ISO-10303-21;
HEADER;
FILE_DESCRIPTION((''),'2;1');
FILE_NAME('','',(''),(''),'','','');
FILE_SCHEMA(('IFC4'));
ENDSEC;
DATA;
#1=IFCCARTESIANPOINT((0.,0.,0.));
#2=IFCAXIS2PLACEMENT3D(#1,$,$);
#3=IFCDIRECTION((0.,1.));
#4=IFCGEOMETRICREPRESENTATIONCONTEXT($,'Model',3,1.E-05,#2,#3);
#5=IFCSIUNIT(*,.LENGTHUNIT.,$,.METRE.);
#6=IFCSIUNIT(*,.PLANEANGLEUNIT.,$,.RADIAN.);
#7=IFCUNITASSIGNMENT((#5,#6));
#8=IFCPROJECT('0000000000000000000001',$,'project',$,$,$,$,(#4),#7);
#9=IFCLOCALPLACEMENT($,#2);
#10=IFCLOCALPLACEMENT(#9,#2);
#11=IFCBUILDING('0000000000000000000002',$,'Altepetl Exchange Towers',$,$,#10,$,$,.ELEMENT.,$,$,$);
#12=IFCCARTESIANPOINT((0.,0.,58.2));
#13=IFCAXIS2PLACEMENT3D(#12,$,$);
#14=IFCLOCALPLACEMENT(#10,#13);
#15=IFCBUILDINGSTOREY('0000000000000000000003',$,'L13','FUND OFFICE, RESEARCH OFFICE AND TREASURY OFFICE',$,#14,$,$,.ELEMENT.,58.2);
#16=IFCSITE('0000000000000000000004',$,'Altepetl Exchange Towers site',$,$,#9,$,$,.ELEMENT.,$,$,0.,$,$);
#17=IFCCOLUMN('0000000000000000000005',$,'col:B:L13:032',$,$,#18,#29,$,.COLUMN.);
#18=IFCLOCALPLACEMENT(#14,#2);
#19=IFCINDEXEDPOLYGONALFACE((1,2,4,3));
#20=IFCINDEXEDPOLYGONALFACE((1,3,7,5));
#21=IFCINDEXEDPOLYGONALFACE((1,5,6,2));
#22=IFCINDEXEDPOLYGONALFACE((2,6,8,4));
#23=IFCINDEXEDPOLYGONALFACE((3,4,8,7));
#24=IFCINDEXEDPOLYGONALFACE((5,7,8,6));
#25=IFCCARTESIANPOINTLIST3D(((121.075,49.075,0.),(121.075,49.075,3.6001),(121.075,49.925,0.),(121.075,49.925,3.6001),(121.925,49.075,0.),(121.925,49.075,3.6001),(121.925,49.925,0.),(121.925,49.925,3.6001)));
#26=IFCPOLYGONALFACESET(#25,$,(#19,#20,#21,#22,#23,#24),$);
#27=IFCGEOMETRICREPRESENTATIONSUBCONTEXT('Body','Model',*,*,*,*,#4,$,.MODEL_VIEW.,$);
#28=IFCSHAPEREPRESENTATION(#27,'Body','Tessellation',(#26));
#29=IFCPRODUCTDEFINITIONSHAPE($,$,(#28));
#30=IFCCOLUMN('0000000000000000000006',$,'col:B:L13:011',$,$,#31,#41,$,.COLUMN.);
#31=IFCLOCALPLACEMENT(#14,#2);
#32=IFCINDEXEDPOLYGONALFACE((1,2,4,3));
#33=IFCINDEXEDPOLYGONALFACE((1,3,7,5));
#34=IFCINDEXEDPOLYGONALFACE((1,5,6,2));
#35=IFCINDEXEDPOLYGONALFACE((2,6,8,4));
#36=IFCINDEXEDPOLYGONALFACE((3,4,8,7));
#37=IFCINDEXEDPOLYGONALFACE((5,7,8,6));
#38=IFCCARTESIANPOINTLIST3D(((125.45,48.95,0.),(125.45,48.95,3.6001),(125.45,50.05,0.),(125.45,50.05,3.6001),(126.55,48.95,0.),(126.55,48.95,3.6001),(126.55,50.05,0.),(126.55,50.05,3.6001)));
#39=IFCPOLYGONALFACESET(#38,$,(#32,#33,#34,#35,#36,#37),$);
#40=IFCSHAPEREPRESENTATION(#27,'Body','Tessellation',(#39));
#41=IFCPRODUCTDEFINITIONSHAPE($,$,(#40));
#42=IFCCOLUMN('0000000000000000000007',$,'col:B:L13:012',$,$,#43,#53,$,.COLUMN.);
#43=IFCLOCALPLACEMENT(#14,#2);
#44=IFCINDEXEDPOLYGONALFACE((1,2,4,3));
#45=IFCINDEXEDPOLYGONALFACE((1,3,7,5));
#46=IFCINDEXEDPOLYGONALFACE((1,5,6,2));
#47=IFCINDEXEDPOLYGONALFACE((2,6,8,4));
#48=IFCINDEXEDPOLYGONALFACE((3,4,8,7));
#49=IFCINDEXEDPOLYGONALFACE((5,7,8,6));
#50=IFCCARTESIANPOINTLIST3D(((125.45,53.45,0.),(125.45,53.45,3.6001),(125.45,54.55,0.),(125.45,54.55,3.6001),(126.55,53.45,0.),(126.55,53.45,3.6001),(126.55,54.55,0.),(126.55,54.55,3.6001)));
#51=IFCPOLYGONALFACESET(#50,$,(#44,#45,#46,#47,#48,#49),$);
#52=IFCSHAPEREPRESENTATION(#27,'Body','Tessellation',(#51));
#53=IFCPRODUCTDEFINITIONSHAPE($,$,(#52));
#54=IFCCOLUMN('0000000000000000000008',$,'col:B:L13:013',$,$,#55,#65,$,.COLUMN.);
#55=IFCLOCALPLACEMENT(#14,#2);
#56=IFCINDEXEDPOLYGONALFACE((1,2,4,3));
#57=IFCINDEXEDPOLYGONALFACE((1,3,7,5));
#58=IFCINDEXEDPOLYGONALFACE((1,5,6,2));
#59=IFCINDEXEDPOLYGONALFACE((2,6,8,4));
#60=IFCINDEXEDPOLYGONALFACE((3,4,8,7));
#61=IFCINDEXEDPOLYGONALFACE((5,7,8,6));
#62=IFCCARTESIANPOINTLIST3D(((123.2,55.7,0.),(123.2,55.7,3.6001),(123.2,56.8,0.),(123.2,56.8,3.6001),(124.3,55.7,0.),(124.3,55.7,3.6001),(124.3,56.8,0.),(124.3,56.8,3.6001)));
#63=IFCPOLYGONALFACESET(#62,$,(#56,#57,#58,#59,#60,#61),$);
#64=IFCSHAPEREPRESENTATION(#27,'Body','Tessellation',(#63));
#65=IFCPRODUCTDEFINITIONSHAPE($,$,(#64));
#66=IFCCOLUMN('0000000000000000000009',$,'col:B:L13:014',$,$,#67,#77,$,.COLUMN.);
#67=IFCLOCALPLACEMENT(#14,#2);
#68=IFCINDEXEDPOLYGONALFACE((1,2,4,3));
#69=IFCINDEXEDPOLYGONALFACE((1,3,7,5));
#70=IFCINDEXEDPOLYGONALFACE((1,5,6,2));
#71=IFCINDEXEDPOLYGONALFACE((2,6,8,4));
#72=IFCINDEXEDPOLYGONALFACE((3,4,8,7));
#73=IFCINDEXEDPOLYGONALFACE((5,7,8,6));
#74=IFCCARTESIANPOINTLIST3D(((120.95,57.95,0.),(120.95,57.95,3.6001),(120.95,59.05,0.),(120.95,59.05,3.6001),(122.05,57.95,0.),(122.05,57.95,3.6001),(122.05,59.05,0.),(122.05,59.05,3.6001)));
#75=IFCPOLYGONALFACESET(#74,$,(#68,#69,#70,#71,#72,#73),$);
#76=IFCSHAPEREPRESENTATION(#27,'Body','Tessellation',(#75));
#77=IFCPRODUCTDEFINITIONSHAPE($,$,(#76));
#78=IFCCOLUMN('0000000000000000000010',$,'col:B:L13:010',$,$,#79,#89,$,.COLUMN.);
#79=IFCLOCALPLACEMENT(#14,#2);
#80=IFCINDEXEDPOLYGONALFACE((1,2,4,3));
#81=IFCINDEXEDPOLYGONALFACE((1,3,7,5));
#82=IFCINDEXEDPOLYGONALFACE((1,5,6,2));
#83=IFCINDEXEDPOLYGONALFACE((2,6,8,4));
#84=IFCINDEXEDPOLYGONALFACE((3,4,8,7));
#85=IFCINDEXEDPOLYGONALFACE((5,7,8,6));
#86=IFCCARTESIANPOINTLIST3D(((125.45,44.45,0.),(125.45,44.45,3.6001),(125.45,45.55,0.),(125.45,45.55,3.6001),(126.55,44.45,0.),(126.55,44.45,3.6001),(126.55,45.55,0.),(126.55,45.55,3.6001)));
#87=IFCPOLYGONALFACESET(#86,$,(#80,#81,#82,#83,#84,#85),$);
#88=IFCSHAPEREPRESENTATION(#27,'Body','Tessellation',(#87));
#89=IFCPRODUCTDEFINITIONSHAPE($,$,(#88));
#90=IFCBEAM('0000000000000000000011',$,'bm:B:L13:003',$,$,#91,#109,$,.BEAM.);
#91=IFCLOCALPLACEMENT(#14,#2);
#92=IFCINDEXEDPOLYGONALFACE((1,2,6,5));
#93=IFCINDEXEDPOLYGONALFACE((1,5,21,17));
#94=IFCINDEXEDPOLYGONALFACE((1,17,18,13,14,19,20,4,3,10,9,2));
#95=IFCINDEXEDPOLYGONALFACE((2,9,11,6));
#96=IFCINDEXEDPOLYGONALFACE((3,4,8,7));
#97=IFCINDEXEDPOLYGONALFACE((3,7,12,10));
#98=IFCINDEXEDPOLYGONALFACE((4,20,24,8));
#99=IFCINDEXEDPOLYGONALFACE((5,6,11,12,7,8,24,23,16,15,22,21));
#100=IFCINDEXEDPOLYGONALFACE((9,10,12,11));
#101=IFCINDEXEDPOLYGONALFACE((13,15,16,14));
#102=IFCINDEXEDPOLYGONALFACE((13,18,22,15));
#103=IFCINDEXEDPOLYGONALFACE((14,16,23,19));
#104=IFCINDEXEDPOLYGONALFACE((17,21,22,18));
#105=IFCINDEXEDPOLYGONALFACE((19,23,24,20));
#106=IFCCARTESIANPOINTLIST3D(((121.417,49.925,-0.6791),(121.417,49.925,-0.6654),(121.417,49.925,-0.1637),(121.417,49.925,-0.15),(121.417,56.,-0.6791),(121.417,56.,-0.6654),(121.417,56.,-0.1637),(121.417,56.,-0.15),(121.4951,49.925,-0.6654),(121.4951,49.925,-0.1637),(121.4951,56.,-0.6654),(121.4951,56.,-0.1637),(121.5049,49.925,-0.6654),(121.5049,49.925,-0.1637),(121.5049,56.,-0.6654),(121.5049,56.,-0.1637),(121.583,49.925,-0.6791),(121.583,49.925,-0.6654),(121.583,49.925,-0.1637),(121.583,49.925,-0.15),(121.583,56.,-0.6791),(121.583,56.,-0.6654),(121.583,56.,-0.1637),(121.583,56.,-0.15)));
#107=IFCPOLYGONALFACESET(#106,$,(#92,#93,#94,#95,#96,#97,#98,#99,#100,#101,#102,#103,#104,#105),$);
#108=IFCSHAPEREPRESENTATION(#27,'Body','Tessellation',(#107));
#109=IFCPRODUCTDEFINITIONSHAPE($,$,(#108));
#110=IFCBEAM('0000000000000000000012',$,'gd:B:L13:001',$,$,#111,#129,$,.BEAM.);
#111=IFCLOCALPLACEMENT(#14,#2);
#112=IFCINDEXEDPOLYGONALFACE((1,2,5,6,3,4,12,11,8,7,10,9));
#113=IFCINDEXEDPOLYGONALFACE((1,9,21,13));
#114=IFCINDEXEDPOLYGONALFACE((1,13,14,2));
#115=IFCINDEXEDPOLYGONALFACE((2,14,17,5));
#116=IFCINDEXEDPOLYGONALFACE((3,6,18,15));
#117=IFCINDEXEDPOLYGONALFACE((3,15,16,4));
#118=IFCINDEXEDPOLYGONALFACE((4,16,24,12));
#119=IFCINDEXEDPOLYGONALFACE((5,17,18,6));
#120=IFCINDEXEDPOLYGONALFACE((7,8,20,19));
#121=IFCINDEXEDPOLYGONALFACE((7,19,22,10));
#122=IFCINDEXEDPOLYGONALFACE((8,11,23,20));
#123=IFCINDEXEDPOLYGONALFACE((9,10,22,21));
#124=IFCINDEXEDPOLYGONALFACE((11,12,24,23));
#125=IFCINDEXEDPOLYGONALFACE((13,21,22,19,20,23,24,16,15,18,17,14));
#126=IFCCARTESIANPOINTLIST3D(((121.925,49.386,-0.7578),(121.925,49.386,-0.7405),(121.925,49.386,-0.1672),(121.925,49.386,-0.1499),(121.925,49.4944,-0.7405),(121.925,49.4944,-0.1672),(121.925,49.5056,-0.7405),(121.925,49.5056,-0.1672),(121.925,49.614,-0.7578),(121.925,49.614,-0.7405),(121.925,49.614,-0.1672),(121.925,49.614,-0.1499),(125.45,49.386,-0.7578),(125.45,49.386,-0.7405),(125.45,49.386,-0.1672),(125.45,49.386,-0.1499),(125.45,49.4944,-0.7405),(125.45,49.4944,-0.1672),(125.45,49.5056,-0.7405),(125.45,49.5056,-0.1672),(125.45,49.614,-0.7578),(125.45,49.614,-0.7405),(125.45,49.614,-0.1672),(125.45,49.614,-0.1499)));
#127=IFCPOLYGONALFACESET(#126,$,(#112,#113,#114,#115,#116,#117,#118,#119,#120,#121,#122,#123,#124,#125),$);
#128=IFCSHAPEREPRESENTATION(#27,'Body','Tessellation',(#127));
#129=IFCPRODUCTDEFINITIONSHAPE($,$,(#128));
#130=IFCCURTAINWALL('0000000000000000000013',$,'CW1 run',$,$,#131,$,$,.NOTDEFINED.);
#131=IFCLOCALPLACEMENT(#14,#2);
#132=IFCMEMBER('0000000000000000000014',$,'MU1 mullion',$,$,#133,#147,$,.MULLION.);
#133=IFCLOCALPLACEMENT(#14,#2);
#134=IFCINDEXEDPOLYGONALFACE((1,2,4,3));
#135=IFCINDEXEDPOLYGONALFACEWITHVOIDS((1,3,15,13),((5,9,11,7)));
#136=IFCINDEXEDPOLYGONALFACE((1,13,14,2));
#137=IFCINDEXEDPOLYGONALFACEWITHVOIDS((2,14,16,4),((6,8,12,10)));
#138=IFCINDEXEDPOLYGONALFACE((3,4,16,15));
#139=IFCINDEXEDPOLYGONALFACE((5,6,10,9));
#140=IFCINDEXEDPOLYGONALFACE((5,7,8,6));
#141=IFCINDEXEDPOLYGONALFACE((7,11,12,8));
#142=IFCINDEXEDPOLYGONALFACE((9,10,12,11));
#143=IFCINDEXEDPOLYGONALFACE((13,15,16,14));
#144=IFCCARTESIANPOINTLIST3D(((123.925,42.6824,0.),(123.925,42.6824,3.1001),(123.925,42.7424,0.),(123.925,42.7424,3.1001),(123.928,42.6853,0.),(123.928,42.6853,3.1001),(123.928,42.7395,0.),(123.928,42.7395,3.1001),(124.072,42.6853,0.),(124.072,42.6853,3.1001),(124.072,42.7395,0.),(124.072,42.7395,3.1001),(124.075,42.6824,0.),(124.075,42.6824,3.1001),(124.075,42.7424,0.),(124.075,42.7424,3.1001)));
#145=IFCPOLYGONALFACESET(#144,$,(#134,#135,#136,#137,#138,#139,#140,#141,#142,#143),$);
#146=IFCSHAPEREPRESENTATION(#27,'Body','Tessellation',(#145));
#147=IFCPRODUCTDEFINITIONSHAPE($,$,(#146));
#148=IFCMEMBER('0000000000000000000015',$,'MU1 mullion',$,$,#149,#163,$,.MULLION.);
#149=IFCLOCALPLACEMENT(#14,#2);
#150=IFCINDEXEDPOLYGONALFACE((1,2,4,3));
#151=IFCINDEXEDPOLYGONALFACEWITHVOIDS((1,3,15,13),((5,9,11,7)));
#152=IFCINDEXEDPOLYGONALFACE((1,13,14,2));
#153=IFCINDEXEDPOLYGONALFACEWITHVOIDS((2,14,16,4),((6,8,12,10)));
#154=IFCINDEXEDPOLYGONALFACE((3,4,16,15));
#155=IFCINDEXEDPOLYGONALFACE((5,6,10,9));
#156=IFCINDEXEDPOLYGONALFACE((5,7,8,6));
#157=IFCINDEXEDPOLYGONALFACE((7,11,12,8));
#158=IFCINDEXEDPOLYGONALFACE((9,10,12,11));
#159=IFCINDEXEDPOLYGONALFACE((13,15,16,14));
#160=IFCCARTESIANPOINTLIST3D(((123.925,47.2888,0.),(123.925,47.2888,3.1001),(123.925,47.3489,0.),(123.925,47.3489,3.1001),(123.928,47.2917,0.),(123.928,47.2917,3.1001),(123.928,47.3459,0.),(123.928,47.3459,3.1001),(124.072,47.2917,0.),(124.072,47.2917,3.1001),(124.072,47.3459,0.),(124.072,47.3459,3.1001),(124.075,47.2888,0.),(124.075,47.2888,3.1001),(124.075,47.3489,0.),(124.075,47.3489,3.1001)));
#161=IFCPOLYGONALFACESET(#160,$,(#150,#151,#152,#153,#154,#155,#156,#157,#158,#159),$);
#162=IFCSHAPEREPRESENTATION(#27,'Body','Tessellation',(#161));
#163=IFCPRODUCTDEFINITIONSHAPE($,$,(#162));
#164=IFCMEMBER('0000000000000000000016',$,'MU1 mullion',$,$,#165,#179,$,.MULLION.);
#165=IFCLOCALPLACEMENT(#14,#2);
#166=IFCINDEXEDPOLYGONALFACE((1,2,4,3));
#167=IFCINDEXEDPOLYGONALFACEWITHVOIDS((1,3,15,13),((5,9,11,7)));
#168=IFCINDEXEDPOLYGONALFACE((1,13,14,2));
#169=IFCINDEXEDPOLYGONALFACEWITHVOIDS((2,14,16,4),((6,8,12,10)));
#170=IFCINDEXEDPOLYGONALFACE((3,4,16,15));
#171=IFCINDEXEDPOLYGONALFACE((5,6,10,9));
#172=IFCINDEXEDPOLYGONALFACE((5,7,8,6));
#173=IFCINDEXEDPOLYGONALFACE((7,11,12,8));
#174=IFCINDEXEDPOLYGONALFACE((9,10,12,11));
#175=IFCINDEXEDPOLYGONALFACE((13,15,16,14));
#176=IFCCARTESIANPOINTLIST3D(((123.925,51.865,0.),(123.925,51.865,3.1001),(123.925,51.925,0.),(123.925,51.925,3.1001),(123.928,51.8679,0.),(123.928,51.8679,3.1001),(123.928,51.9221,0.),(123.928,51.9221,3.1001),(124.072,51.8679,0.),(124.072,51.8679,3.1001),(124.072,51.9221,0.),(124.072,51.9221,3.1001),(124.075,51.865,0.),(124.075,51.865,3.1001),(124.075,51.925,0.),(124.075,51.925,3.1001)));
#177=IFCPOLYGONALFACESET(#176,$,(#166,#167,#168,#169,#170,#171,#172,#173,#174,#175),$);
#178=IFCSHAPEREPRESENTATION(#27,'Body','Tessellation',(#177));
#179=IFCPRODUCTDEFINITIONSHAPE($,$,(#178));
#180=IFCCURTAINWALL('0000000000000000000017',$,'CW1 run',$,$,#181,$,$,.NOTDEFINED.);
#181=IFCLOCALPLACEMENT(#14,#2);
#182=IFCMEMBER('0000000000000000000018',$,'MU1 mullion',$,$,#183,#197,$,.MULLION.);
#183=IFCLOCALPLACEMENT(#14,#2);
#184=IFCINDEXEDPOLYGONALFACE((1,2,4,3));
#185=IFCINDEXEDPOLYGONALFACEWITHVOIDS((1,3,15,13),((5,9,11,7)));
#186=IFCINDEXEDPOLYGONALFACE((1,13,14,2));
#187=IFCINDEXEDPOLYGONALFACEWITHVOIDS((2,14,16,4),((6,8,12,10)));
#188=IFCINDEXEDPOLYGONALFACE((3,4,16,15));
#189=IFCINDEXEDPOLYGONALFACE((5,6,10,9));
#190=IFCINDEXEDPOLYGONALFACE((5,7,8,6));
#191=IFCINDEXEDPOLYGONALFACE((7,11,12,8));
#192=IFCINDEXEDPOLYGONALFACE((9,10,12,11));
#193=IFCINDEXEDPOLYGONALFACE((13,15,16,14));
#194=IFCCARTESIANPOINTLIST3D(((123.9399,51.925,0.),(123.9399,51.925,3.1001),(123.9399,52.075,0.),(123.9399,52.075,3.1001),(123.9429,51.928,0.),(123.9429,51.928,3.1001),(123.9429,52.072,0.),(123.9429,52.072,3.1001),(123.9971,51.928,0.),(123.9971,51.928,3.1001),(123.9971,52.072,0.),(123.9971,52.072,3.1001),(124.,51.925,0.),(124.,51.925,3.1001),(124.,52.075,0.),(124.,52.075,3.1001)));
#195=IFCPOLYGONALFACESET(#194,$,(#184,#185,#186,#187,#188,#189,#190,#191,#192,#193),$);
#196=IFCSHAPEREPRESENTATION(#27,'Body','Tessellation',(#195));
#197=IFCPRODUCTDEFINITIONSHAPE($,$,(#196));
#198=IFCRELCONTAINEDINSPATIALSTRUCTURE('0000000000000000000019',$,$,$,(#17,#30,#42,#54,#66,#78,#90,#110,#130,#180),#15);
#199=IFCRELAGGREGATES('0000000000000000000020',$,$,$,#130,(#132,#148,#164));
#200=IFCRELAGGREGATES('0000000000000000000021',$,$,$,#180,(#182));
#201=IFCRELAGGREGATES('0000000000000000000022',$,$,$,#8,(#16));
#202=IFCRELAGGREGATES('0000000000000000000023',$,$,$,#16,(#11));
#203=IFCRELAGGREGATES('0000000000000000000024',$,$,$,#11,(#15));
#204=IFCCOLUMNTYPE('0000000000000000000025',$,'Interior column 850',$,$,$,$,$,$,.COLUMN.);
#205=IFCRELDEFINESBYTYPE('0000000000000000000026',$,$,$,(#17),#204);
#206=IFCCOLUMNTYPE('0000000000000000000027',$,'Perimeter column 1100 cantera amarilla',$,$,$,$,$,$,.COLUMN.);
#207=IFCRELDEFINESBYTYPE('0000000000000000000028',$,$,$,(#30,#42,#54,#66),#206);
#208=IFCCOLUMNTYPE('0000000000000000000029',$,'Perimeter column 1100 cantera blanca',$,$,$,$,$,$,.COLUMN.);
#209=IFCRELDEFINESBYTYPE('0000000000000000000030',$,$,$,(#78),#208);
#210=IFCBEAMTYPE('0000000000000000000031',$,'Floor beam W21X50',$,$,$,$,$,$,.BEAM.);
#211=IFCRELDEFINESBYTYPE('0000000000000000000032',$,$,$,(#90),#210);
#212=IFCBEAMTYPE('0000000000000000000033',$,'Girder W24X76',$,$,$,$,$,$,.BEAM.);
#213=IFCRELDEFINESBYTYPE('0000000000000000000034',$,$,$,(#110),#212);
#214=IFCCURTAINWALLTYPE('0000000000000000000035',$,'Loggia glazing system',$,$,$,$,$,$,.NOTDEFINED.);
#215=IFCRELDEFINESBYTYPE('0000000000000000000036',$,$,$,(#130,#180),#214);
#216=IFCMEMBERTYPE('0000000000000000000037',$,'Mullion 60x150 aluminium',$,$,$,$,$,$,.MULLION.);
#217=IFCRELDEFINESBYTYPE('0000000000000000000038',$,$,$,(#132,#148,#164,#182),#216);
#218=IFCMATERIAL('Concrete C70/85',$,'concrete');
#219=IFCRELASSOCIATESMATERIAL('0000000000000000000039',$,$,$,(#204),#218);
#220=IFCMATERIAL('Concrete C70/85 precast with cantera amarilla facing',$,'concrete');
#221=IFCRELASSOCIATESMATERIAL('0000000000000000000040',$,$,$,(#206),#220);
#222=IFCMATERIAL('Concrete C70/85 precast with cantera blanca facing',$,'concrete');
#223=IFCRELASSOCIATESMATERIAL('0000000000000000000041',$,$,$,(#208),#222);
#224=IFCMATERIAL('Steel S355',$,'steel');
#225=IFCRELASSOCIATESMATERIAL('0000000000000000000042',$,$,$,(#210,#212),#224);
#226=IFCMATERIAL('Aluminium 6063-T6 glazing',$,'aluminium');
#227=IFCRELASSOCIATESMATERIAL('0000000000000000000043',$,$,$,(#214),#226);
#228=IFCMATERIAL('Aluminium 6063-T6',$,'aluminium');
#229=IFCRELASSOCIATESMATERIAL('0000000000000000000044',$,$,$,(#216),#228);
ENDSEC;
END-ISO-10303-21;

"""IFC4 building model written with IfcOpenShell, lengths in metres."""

from ifc_helpers import new_model, si_unit, direction, frame, origin, origin_2d, place, context, subcontext, project, spatial, rectangle, hollow_rectangle, i_section, extrude, material, material_profile, profile_set, type_object, element, aggregate, save


model = new_model("IFC4")

# Units and contexts
model_context = context("Model", 3, precision=1e-05, world=origin(), true_north=direction((0.0, 1.0)))
body_context = subcontext(model_context, "Body", "Model", "MODEL_VIEW")
ifc_project = project(units=[si_unit("LENGTHUNIT", "METRE"), si_unit("PLANEANGLEUNIT", "RADIAN")], contexts=[model_context])

# Site, building, storey
site_placement = place(None, origin())
site = spatial("IfcSite", under=ifc_project, at=site_placement, Name="Altepetl Exchange Towers site", CompositionType="ELEMENT", RefElevation=0.0)
building_placement = place(site_placement, origin())
building = spatial("IfcBuilding", under=site, at=building_placement, Name="Altepetl Exchange Towers", CompositionType="ELEMENT")
storey_placement = place(building_placement, frame((0.0, 0.0, 58.2)))
storey = spatial("IfcBuildingStorey", under=building, at=storey_placement, Name="L13", Description="FUND OFFICE, RESEARCH OFFICE AND TREASURY OFFICE", CompositionType="ELEMENT", Elevation=58.2)

# Columns
ifc_material_1 = material(Name="Concrete C70/85", Category="concrete")
ifc_material_profile_1 = material_profile(ifc_material_1, rectangle(XDim=0.8501, YDim=0.8501, at=origin_2d()), Name="850 x 850")
ifc_profile_set_1 = profile_set([ifc_material_profile_1], Name="Concrete C70/85")
column_type_1 = type_object("IfcColumnType", Name="Interior column 850", PredefinedType="COLUMN", material=ifc_profile_set_1)
column_1_placement = place(storey_placement, frame((121.5, 49.5, 0.0)))
element("IfcColumn", 1, at=column_1_placement, inside=storey, type_object=column_type_1, Name="col:B:L13:032", PredefinedType="COLUMN", context=body_context, shape_type="SweptSolid", body=[
    extrude(rectangle(XDim=0.8501, YDim=0.8501, at=origin_2d()), origin(), (0.0, 0.0, 1.0), 3.6001),
])
ifc_material_2 = material(Name="Concrete C70/85 precast with cantera amarilla facing", Category="concrete")
ifc_material_profile_2 = material_profile(ifc_material_2, rectangle(XDim=1.1001, YDim=1.1001, at=origin_2d()), Name="1100 x 1100")
ifc_profile_set_2 = profile_set([ifc_material_profile_2], Name="Concrete C70/85 precast with cantera amarilla facing")
column_type_2 = type_object("IfcColumnType", Name="Perimeter column 1100 cantera amarilla", PredefinedType="COLUMN", material=ifc_profile_set_2)
for number, where, name in (
    (2, (126.0, 49.5, 0.0), "col:B:L13:011"),
    (3, (126.0, 54.0, 0.0), "col:B:L13:012"),
    (4, (123.75, 56.25, 0.0), "col:B:L13:013"),
    (5, (121.5, 58.5, 0.0), "col:B:L13:014"),
):
    element("IfcColumn", number, at=place(storey_placement, frame(where)), inside=storey, type_object=column_type_2, Name=name, PredefinedType="COLUMN", context=body_context, shape_type="SweptSolid", body=[
        extrude(rectangle(XDim=1.1001, YDim=1.1001, at=origin_2d()), origin(), (0.0, 0.0, 1.0), 3.6001),
    ])
ifc_material_3 = material(Name="Concrete C70/85 precast with cantera blanca facing", Category="concrete")
ifc_material_profile_3 = material_profile(ifc_material_3, rectangle(XDim=1.1001, YDim=1.1001, at=origin_2d()), Name="1100 x 1100")
ifc_profile_set_3 = profile_set([ifc_material_profile_3], Name="Concrete C70/85 precast with cantera blanca facing")
column_type_3 = type_object("IfcColumnType", Name="Perimeter column 1100 cantera blanca", PredefinedType="COLUMN", material=ifc_profile_set_3)
column_2_placement = place(storey_placement, frame((126.0, 45.0, 0.0)))
element("IfcColumn", 6, at=column_2_placement, inside=storey, type_object=column_type_3, Name="col:B:L13:010", PredefinedType="COLUMN", context=body_context, shape_type="SweptSolid", body=[
    extrude(rectangle(XDim=1.1001, YDim=1.1001, at=origin_2d()), origin(), (0.0, 0.0, 1.0), 3.6001),
])

# Beams
ifc_material_4 = material(Name="Steel S355", Category="steel")
ifc_material_profile_4 = material_profile(ifc_material_4, i_section(OverallWidth=0.166, OverallDepth=0.5291, WebThickness=0.0098, FlangeThickness=0.0137, at=origin_2d()), Name="W21X50")
ifc_profile_set_4 = profile_set([ifc_material_profile_4], Name="Steel S355")
beam_type_1 = type_object("IfcBeamType", Name="Floor beam W21X50", PredefinedType="BEAM", material=ifc_profile_set_4)
beam_1_placement = place(storey_placement, frame((121.5, 49.925, -0.4146), z_axis=(0.0, 1.0, 0.0), x_axis=(-1.0, 0.0, 0.0)))
element("IfcBeam", 7, at=beam_1_placement, inside=storey, type_object=beam_type_1, Name="bm:B:L13:003", PredefinedType="BEAM", context=body_context, shape_type="SweptSolid", body=[
    extrude(i_section(OverallWidth=0.166, OverallDepth=0.5291, WebThickness=0.0098, FlangeThickness=0.0137, at=origin_2d()), origin(), (0.0, 0.0, 1.0), 6.075),
])
ifc_material_profile_5 = material_profile(ifc_material_4, i_section(OverallWidth=0.228, OverallDepth=0.6079, WebThickness=0.0112, FlangeThickness=0.0173, at=origin_2d()), Name="W24X76")
ifc_profile_set_5 = profile_set([ifc_material_profile_5], Name="Steel S355")
beam_type_2 = type_object("IfcBeamType", Name="Girder W24X76", PredefinedType="BEAM", material=ifc_profile_set_5)
beam_2_placement = place(storey_placement, frame((121.925, 49.5, -0.4539), z_axis=(1.0, 0.0, 0.0), x_axis=(0.0, 1.0, 0.0)))
element("IfcBeam", 8, at=beam_2_placement, inside=storey, type_object=beam_type_2, Name="gd:B:L13:001", PredefinedType="BEAM", context=body_context, shape_type="SweptSolid", body=[
    extrude(i_section(OverallWidth=0.228, OverallDepth=0.6079, WebThickness=0.0112, FlangeThickness=0.0173, at=origin_2d()), origin(), (0.0, 0.0, 1.0), 3.5249),
])

# Curtain walls, members
ifc_material_5 = material(Name="Aluminium 6063-T6 glazing", Category="aluminium")
curtain_wall_type = type_object("IfcCurtainWallType", Name="Loggia glazing system", PredefinedType="NOTDEFINED", material=ifc_material_5)
curtain_wall_1_placement = place(storey_placement, origin())
curtain_wall_1 = element("IfcCurtainWall", 9, at=curtain_wall_1_placement, inside=storey, type_object=curtain_wall_type, Name="CW1 run", PredefinedType="NOTDEFINED")
ifc_material_6 = material(Name="Aluminium 6063-T6", Category="aluminium")
ifc_material_profile_6 = material_profile(ifc_material_6, hollow_rectangle(XDim=0.0601, YDim=0.1499, WallThickness=0.0029, at=origin_2d()), Name="Mullion 60x150 aluminium")
ifc_profile_set_6 = profile_set([ifc_material_profile_6], Name="Aluminium 6063-T6")
member_type = type_object("IfcMemberType", Name="Mullion 60x150 aluminium", PredefinedType="MULLION", material=ifc_profile_set_6)
member_1_placement = place(storey_placement, frame((124.0, 42.7124, 0.0), z_axis=(0.0, 0.0, 1.0), x_axis=(0.0, 1.0, 0.0)))
member_1 = element("IfcMember", 10, at=member_1_placement, type_object=member_type, Name="MU1 mullion", PredefinedType="MULLION", context=body_context, shape_type="SweptSolid", body=[
    extrude(hollow_rectangle(XDim=0.0601, YDim=0.1499, WallThickness=0.0029, at=origin_2d()), origin(), (0.0, 0.0, 1.0), 3.1001),
])
member_2_placement = place(storey_placement, frame((124.0, 47.3188, 0.0), z_axis=(0.0, 0.0, 1.0), x_axis=(0.0, 1.0, 0.0)))
member_2 = element("IfcMember", 11, at=member_2_placement, type_object=member_type, Name="MU1 mullion", PredefinedType="MULLION", context=body_context, shape_type="SweptSolid", body=[
    extrude(hollow_rectangle(XDim=0.0601, YDim=0.1499, WallThickness=0.0029, at=origin_2d()), origin(), (0.0, 0.0, 1.0), 3.1001),
])
member_3_placement = place(storey_placement, frame((124.0, 51.895, 0.0), z_axis=(0.0, 0.0, 1.0), x_axis=(0.0, 1.0, 0.0)))
member_3 = element("IfcMember", 12, at=member_3_placement, type_object=member_type, Name="MU1 mullion", PredefinedType="MULLION", context=body_context, shape_type="SweptSolid", body=[
    extrude(hollow_rectangle(XDim=0.0601, YDim=0.1499, WallThickness=0.0029, at=origin_2d()), origin(), (0.0, 0.0, 1.0), 3.1001),
])
curtain_wall_2_placement = place(storey_placement, origin())
curtain_wall_2 = element("IfcCurtainWall", 13, at=curtain_wall_2_placement, inside=storey, type_object=curtain_wall_type, Name="CW1 run", PredefinedType="NOTDEFINED")
member_4_placement = place(storey_placement, frame((123.97, 52.0, 0.0), z_axis=(0.0, 0.0, 1.0), x_axis=(-1.0, 0.0, 0.0)))
member_4 = element("IfcMember", 14, at=member_4_placement, type_object=member_type, Name="MU1 mullion", PredefinedType="MULLION", context=body_context, shape_type="SweptSolid", body=[
    extrude(hollow_rectangle(XDim=0.0601, YDim=0.1499, WallThickness=0.0029, at=origin_2d()), origin(), (0.0, 0.0, 1.0), 3.1001),
])

aggregate(curtain_wall_1, [member_1, member_2, member_3])
aggregate(curtain_wall_2, [member_4])

save(model, "model.ifc")
